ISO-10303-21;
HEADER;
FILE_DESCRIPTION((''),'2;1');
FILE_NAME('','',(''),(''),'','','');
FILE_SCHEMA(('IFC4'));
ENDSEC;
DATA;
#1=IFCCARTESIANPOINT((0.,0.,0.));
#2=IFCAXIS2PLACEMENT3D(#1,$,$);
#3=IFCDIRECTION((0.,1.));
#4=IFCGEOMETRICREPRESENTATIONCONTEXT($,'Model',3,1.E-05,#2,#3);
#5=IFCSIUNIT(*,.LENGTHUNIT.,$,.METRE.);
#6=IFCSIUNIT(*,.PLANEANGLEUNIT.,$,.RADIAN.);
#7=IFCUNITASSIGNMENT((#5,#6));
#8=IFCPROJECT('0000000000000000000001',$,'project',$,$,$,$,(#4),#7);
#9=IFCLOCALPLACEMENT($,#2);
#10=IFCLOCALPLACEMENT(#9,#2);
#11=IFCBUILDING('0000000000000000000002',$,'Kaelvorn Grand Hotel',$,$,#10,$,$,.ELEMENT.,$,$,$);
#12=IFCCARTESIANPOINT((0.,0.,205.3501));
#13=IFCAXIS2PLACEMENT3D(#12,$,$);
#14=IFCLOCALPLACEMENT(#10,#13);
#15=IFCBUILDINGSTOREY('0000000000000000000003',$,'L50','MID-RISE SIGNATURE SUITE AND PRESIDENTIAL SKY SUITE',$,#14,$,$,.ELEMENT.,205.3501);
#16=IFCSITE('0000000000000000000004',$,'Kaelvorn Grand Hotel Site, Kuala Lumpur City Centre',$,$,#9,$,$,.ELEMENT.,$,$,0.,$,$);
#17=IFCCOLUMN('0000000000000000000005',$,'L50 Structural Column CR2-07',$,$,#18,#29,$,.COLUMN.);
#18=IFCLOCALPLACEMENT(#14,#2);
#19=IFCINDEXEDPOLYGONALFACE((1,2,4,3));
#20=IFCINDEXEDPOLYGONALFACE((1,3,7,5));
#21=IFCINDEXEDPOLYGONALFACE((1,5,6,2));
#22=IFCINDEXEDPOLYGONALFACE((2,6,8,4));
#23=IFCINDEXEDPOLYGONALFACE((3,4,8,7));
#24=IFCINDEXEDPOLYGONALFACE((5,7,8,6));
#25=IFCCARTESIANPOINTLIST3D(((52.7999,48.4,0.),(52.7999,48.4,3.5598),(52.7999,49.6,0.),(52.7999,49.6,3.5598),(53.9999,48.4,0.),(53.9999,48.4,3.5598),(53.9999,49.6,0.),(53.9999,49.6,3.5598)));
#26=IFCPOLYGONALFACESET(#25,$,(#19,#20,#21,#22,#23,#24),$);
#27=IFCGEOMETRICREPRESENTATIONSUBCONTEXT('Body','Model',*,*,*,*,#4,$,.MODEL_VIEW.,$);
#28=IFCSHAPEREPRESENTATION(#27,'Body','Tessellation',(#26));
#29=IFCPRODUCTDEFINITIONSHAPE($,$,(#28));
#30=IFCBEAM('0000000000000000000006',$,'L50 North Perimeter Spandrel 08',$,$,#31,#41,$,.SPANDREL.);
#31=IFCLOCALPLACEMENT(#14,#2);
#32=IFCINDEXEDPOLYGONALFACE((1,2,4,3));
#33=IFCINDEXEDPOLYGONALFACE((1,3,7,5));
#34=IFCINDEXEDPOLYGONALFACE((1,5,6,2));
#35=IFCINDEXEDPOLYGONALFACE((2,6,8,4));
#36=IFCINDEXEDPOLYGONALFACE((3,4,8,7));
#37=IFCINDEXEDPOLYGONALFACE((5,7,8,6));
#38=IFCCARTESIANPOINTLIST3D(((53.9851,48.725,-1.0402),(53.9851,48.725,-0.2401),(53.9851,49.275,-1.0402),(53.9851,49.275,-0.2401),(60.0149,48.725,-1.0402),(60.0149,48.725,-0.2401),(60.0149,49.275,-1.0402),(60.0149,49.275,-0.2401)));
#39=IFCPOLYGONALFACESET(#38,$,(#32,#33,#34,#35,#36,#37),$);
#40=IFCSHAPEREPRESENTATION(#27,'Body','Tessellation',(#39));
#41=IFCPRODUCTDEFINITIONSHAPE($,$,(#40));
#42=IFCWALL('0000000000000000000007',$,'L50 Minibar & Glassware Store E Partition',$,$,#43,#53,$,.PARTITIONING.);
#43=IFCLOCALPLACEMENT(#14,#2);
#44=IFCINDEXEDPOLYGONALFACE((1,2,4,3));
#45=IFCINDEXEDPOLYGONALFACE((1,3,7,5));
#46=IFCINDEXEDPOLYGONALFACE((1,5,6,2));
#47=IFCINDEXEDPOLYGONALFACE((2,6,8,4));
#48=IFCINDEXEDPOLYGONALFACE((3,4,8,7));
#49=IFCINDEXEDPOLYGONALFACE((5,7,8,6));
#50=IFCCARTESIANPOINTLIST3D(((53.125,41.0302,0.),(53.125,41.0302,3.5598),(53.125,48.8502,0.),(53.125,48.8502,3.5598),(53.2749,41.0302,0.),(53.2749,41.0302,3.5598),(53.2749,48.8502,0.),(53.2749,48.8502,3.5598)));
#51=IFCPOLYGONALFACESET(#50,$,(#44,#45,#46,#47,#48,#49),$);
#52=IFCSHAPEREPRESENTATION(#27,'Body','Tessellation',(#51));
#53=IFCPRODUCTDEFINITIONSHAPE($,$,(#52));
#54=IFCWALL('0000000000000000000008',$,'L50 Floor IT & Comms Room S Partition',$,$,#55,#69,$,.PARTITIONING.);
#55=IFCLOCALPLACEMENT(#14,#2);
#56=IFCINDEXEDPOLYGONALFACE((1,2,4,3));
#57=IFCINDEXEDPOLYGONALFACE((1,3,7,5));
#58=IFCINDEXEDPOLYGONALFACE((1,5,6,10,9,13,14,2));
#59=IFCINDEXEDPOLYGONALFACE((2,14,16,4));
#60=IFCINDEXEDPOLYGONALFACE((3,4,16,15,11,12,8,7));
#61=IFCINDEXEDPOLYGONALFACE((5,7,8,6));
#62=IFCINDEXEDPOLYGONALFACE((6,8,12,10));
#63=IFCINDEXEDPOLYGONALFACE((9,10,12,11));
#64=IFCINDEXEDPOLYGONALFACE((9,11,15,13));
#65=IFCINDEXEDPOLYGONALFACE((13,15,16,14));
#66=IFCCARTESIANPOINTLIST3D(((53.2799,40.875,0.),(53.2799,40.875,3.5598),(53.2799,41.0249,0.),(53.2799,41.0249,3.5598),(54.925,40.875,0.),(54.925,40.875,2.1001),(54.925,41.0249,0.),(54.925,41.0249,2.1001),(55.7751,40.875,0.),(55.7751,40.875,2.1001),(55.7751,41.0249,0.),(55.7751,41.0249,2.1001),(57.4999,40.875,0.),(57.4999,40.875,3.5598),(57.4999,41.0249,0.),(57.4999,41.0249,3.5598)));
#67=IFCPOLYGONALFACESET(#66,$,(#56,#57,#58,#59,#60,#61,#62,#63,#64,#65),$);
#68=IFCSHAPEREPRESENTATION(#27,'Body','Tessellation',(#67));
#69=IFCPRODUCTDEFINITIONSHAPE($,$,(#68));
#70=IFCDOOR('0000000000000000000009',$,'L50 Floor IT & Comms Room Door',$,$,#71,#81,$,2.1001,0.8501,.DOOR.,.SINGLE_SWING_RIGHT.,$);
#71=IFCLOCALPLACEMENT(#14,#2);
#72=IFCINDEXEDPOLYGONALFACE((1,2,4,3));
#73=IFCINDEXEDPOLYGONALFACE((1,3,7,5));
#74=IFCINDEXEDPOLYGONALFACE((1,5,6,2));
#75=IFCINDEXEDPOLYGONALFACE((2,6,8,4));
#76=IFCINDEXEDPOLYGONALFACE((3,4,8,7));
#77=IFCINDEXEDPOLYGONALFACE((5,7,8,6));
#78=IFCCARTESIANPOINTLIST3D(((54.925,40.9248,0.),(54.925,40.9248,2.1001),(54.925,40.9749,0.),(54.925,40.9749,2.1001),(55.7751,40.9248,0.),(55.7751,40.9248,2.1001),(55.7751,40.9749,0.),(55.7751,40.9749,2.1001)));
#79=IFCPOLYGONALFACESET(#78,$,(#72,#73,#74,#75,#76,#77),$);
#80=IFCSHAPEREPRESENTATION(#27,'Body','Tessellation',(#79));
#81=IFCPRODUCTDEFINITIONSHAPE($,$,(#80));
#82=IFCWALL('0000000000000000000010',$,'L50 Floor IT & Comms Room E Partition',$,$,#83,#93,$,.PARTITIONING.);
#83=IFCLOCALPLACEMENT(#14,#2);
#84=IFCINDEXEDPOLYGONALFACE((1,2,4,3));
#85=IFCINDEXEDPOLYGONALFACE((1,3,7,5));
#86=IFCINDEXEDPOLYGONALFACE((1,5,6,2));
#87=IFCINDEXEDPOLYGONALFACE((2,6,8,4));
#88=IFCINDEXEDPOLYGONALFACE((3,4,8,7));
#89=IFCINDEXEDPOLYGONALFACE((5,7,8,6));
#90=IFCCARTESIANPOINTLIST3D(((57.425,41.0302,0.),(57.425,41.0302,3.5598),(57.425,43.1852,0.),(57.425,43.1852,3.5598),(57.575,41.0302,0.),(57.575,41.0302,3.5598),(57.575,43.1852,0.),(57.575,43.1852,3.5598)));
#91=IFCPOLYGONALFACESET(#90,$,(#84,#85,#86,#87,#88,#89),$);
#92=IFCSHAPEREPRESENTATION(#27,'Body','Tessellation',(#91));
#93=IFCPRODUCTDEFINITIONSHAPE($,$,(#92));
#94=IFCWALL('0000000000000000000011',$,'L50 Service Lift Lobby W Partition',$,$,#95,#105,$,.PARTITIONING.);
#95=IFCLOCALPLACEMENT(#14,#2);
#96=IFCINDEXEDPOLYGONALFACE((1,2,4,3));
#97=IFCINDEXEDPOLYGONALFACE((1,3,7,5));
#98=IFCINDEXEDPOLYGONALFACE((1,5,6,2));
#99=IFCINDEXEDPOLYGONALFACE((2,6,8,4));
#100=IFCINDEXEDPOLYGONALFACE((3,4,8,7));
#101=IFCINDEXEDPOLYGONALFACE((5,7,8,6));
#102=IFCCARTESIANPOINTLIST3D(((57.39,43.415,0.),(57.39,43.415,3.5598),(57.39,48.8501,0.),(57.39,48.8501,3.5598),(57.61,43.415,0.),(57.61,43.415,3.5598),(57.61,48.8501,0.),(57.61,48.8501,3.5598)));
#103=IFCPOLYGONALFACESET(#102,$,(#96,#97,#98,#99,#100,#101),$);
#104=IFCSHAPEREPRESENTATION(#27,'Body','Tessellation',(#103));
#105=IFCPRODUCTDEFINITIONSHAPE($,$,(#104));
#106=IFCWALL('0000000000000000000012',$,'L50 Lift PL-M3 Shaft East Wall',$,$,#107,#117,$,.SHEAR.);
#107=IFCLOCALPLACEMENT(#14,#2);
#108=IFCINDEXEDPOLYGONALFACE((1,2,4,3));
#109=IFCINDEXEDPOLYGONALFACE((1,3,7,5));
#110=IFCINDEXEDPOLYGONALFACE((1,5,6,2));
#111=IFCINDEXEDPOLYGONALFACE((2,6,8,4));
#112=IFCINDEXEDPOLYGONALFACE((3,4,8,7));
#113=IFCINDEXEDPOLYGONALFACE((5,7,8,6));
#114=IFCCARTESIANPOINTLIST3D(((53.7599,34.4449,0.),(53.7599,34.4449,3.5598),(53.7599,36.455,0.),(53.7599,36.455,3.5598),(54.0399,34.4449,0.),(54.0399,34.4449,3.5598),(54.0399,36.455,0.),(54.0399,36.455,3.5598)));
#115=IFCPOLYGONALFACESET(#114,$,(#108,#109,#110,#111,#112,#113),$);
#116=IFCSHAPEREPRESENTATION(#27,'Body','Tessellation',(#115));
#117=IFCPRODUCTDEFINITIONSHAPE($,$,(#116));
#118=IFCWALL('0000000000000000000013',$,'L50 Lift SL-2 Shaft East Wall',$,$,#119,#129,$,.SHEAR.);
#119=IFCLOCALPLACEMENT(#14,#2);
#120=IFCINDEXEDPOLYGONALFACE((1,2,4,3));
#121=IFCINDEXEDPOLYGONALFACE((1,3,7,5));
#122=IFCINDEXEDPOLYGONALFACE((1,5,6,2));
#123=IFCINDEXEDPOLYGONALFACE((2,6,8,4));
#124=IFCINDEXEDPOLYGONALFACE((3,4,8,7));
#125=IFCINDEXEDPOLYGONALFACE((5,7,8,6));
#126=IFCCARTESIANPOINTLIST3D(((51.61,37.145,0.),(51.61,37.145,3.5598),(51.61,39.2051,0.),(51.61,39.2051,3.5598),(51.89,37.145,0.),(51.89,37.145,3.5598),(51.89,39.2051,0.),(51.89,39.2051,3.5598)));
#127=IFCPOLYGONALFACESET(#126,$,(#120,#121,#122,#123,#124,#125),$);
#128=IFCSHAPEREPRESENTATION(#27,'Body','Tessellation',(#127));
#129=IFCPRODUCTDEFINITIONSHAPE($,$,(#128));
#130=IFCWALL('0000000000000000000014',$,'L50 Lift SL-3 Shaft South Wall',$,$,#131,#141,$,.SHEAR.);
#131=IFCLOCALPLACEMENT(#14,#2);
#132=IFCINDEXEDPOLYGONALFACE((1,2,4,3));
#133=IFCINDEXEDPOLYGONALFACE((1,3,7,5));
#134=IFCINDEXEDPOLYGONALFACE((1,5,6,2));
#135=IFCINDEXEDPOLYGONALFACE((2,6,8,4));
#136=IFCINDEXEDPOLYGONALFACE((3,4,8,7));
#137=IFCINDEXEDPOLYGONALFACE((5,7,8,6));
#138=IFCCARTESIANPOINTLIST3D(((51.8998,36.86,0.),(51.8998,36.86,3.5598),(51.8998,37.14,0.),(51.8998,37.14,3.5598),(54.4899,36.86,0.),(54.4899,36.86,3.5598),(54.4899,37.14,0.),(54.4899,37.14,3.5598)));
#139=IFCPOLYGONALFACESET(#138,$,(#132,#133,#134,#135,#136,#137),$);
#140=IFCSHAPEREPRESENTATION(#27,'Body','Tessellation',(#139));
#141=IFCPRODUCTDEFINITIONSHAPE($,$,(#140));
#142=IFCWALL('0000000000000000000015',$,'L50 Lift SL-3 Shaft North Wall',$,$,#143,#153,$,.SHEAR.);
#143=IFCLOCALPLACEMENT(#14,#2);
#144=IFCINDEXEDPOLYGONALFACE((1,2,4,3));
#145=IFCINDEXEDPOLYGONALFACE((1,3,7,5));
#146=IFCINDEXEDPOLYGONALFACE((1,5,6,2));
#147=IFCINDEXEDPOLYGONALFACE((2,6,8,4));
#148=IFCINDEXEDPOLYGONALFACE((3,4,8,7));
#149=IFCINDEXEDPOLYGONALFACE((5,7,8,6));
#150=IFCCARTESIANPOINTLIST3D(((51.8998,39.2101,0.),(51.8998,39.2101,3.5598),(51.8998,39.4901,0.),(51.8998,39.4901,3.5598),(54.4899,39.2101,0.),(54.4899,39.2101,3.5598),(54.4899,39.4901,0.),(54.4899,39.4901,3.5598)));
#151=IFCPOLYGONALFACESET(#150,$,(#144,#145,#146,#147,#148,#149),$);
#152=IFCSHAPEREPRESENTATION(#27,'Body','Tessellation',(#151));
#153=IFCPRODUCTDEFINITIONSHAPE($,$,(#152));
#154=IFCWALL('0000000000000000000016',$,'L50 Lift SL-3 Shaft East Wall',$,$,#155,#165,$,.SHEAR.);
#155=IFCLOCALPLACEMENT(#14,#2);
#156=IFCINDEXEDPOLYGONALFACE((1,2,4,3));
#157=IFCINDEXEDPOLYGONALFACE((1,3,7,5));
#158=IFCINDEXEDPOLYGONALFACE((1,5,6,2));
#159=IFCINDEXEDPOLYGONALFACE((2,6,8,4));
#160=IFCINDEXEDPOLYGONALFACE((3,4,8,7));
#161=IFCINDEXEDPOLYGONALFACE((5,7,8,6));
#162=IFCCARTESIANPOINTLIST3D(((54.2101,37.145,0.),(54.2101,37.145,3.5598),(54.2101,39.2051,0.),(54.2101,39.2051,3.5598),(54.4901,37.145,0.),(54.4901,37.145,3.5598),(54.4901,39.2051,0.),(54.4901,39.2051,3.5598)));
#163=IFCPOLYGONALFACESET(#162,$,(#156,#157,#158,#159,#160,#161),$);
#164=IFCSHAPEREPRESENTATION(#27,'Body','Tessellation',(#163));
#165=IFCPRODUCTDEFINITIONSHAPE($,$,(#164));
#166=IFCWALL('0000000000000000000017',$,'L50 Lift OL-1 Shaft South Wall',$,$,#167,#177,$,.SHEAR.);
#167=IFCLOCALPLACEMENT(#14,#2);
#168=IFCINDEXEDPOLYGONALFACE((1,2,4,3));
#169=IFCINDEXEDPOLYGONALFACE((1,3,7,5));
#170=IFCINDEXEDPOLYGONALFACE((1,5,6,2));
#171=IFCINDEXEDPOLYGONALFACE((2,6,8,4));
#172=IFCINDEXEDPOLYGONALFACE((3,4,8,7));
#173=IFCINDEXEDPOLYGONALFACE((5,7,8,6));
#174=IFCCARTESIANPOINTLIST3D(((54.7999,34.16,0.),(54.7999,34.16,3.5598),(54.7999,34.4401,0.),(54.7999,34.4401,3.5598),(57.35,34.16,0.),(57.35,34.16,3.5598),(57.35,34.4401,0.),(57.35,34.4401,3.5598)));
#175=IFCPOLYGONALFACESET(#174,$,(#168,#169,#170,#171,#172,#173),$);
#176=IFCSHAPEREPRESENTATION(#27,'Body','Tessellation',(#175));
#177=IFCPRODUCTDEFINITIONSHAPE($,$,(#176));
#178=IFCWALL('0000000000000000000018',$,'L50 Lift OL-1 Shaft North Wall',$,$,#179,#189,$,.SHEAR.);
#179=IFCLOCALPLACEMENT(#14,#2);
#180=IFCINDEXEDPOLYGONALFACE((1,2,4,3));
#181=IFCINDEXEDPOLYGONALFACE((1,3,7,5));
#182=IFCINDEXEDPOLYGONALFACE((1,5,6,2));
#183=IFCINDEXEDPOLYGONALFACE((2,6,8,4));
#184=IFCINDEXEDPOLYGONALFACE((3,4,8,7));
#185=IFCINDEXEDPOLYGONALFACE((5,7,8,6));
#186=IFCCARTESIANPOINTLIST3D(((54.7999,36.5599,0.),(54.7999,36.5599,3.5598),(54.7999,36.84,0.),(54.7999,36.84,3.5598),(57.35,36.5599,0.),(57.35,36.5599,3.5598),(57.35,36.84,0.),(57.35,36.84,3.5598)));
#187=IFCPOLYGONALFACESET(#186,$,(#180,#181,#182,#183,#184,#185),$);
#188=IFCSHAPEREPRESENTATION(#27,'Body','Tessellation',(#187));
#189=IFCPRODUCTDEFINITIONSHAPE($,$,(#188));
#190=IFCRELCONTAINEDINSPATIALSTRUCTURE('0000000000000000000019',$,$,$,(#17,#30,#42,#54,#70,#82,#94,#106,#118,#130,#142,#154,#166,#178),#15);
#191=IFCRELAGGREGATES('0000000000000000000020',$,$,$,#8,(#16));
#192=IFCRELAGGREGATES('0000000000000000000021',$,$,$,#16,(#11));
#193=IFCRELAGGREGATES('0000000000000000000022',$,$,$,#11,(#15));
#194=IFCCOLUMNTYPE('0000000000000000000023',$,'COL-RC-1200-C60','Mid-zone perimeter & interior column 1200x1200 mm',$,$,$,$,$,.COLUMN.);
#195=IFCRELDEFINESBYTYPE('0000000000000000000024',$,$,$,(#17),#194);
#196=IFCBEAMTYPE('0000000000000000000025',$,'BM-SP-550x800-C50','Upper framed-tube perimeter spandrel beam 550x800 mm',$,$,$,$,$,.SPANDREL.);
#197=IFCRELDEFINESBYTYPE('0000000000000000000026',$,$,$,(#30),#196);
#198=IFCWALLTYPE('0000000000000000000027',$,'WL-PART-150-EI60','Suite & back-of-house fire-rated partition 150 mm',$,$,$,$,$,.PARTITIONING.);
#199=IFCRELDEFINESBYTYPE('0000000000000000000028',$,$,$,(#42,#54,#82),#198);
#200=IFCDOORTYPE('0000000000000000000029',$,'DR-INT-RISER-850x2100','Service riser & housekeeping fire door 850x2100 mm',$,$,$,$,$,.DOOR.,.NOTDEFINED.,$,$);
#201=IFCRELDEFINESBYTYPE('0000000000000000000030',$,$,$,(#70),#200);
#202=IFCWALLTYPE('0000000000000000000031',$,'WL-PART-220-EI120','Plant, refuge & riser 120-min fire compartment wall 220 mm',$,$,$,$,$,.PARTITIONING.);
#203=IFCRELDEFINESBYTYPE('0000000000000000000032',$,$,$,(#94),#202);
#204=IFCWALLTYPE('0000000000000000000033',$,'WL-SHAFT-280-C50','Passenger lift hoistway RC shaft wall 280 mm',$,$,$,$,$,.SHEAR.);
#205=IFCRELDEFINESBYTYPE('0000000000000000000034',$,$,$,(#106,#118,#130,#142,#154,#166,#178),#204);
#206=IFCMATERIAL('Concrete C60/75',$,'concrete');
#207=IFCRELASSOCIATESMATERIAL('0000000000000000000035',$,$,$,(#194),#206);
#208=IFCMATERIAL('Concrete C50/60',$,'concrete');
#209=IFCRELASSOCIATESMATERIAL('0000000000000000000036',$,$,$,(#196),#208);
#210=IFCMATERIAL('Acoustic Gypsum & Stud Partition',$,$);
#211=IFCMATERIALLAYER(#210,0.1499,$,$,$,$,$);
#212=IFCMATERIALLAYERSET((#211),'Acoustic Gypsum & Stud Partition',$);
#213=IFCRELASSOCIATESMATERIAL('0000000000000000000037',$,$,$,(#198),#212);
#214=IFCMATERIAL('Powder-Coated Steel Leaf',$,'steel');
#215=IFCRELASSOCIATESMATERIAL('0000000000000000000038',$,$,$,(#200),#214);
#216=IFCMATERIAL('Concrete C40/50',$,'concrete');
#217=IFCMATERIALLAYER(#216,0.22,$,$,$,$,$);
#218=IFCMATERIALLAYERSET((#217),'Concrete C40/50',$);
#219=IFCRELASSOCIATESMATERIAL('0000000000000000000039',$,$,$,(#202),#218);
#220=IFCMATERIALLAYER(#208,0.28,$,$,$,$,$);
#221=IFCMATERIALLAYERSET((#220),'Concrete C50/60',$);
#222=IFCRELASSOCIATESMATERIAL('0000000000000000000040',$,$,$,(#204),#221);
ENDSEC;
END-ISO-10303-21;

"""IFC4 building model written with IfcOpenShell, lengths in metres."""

from ifc_helpers import new_model, si_unit, direction, frame, frame_2d, origin, origin_2d, place, context, subcontext, project, spatial, rectangle, extrude, material, layer, layer_set, material_profile, profile_set, type_object, element, fill, save


model = new_model("IFC4")

# Units and contexts
model_context = context("Model", 3, precision=1e-05, world=origin(), true_north=direction((0.0, 1.0)))
body_context = subcontext(model_context, "Body", "Model", "MODEL_VIEW")
ifc_project = project(units=[si_unit("LENGTHUNIT", "METRE"), si_unit("PLANEANGLEUNIT", "RADIAN")], contexts=[model_context])

# Site, building, storey
site_placement = place(None, origin())
site = spatial("IfcSite", under=ifc_project, at=site_placement, Name="Kaelvorn Grand Hotel Site, Kuala Lumpur City Centre", CompositionType="ELEMENT", RefElevation=0.0)
building_placement = place(site_placement, origin())
building = spatial("IfcBuilding", under=site, at=building_placement, Name="Kaelvorn Grand Hotel", CompositionType="ELEMENT")
storey_placement = place(building_placement, frame((0.0, 0.0, 205.3501)))
storey = spatial("IfcBuildingStorey", under=building, at=storey_placement, Name="L50", Description="MID-RISE SIGNATURE SUITE AND PRESIDENTIAL SKY SUITE", CompositionType="ELEMENT", Elevation=205.3501)

# Column
ifc_material_1 = material(Name="Concrete C60/75", Category="concrete")
ifc_material_profile_1 = material_profile(ifc_material_1, rectangle(XDim=1.2, YDim=1.2, at=origin_2d()), Name="RC COL 1200x1200")
ifc_profile_set_1 = profile_set([ifc_material_profile_1], Name="Concrete C60/75")
column_type = type_object("IfcColumnType", Name="COL-RC-1200-C60", Description="Mid-zone perimeter & interior column 1200x1200 mm", PredefinedType="COLUMN", material=ifc_profile_set_1)
column_placement = place(storey_placement, frame((53.3999, 49.0, 0.0), z_axis=(0.0, 0.0, 1.0), x_axis=(1.0, 0.0, 0.0)))
element("IfcColumn", 1, at=column_placement, inside=storey, type_object=column_type, Name="L50 Structural Column CR2-07", PredefinedType="COLUMN", context=body_context, shape_type="SweptSolid", body=[
    extrude(rectangle(XDim=1.2, YDim=1.2, at=origin_2d()), origin(), (0.0, 0.0, 1.0), 3.5598),
])

# Beam
ifc_material_2 = material(Name="Concrete C50/60", Category="concrete")
ifc_material_profile_2 = material_profile(ifc_material_2, rectangle(XDim=0.55, YDim=0.8, at=origin_2d()), Name="RC SPANDREL 550x800")
ifc_profile_set_2 = profile_set([ifc_material_profile_2], Name="Concrete C50/60")
beam_type = type_object("IfcBeamType", Name="BM-SP-550x800-C50", Description="Upper framed-tube perimeter spandrel beam 550x800 mm", PredefinedType="SPANDREL", material=ifc_profile_set_2)
beam_placement = place(storey_placement, frame((53.9851, 49.0, -0.6401), z_axis=(1.0, 0.0, 0.0), x_axis=(0.0, 1.0, 0.0)))
element("IfcBeam", 2, at=beam_placement, inside=storey, type_object=beam_type, Name="L50 North Perimeter Spandrel 08", PredefinedType="SPANDREL", context=body_context, shape_type="SweptSolid", body=[
    extrude(rectangle(XDim=0.55, YDim=0.8, at=origin_2d()), origin(), (0.0, 0.0, 1.0), 6.0298),
])

# Wall
ifc_material_3 = material(Name="Acoustic Gypsum & Stud Partition")
ifc_layer_1 = layer(ifc_material_3, 0.1499)
ifc_layer_set_1 = layer_set([ifc_layer_1], Name="Acoustic Gypsum & Stud Partition")
wall_type_1 = type_object("IfcWallType", Name="WL-PART-150-EI60", Description="Suite & back-of-house fire-rated partition 150 mm", PredefinedType="PARTITIONING", material=ifc_layer_set_1)
wall_1_placement = place(storey_placement, frame((53.2, 41.03, 0.0), z_axis=(0.0, 0.0, 1.0), x_axis=(0.0, 1.0, 0.0)))
element("IfcWall", 3, at=wall_1_placement, inside=storey, type_object=wall_type_1, Name="L50 Minibar & Glassware Store E Partition", PredefinedType="PARTITIONING", context=body_context, shape_type="SweptSolid", body=[
    extrude(rectangle(XDim=7.8201, YDim=0.1499, at=frame_2d((3.9102, 0.0))), origin(), (0.0, 0.0, 1.0), 3.5598),
])

# Wall, opening, door
wall_2_placement = place(storey_placement, frame((53.28, 40.95, 0.0), z_axis=(0.0, 0.0, 1.0), x_axis=(1.0, 0.0, 0.0)))
wall_2 = element("IfcWall", 4, at=wall_2_placement, inside=storey, type_object=wall_type_1, Name="L50 Floor IT & Comms Room S Partition", PredefinedType="PARTITIONING", context=body_context, shape_type="SweptSolid", body=[
    extrude(rectangle(XDim=4.22, YDim=0.1499, at=frame_2d((2.1099, 0.0))), origin(), (0.0, 0.0, 1.0), 3.5598),
])
opening_1_placement = place(wall_2_placement, frame((1.645, 0.0, 0.0)))
opening_1 = element("IfcOpeningElement", 5, at=opening_1_placement, cuts=wall_2, PredefinedType="OPENING", context=body_context, shape_type="SweptSolid", body=[
    extrude(rectangle(XDim=0.8501, YDim=2.1001, at=frame_2d((0.425, 1.05))), frame((0.0, 0.085, 0.0), z_axis=(0.0, -1.0, 0.0), x_axis=(1.0, 0.0, 0.0)), (0.0, 0.0, 1.0), 0.1699),
])
ifc_material_4 = material(Name="Powder-Coated Steel Leaf", Category="steel")
door_type_1 = type_object("IfcDoorType", Name="DR-INT-RISER-850x2100", Description="Service riser & housekeeping fire door 850x2100 mm", OperationType="NOTDEFINED", PredefinedType="DOOR", material=ifc_material_4)
door_1_placement = place(opening_1_placement, origin())
door_1 = element("IfcDoor", 6, at=door_1_placement, inside=storey, type_object=door_type_1, Name="L50 Floor IT & Comms Room Door", OperationType="SINGLE_SWING_RIGHT", OverallHeight=2.1001, OverallWidth=0.8501, PredefinedType="DOOR", context=body_context, shape_type="SweptSolid", body=[
    extrude(rectangle(XDim=0.8501, YDim=2.1001, at=frame_2d((0.425, 1.05))), frame((0.0, 0.0249, 0.0), z_axis=(0.0, -1.0, 0.0), x_axis=(1.0, 0.0, 0.0)), (0.0, 0.0, 1.0), 0.05),
])
fill(opening_1, door_1)

# Wall
wall_3_placement = place(storey_placement, frame((57.5, 41.03, 0.0), z_axis=(0.0, 0.0, 1.0), x_axis=(0.0, 1.0, 0.0)))
element("IfcWall", 7, at=wall_3_placement, inside=storey, type_object=wall_type_1, Name="L50 Floor IT & Comms Room E Partition", PredefinedType="PARTITIONING", context=body_context, shape_type="SweptSolid", body=[
    extrude(rectangle(XDim=2.155, YDim=0.1499, at=frame_2d((1.0776, 0.0))), origin(), (0.0, 0.0, 1.0), 3.5598),
])

# Shared definitions
ifc_material_5 = material(Name="Concrete C40/50", Category="concrete")
ifc_layer_2 = layer(ifc_material_5, 0.22)
ifc_layer_set_2 = layer_set([ifc_layer_2], Name="Concrete C40/50")
wall_type_2 = type_object("IfcWallType", Name="WL-PART-220-EI120", Description="Plant, refuge & riser 120-min fire compartment wall 220 mm", PredefinedType="PARTITIONING", material=ifc_layer_set_2)

# Walls
wall_4_placement = place(storey_placement, frame((57.5, 43.415, 0.0), z_axis=(0.0, 0.0, 1.0), x_axis=(0.0, 1.0, 0.0)))
element("IfcWall", 8, at=wall_4_placement, inside=storey, type_object=wall_type_2, Name="L50 Service Lift Lobby W Partition", PredefinedType="PARTITIONING", context=body_context, shape_type="SweptSolid", body=[
    extrude(rectangle(XDim=5.4351, YDim=0.22, at=frame_2d((2.7175, 0.0))), origin(), (0.0, 0.0, 1.0), 3.5598),
])
ifc_layer_3 = layer(ifc_material_2, 0.28)
ifc_layer_set_3 = layer_set([ifc_layer_3], Name="Concrete C50/60")
wall_type_3 = type_object("IfcWallType", Name="WL-SHAFT-280-C50", Description="Passenger lift hoistway RC shaft wall 280 mm", PredefinedType="SHEAR", material=ifc_layer_set_3)
wall_5_placement = place(storey_placement, frame((53.8999, 34.4451, 0.0), z_axis=(0.0, 0.0, 1.0), x_axis=(0.0, 1.0, 0.0)))
element("IfcWall", 9, at=wall_5_placement, inside=storey, type_object=wall_type_3, Name="L50 Lift PL-M3 Shaft East Wall", PredefinedType="SHEAR", context=body_context, shape_type="SweptSolid", body=[
    extrude(rectangle(XDim=2.01, YDim=0.28, at=frame_2d((1.0049, 0.0))), origin(), (0.0, 0.0, 1.0), 3.5598),
])
wall_6_placement = place(storey_placement, frame((51.75, 37.145, 0.0), z_axis=(0.0, 0.0, 1.0), x_axis=(0.0, 1.0, 0.0)))
element("IfcWall", 10, at=wall_6_placement, inside=storey, type_object=wall_type_3, Name="L50 Lift SL-2 Shaft East Wall", PredefinedType="SHEAR", context=body_context, shape_type="SweptSolid", body=[
    extrude(rectangle(XDim=2.0601, YDim=0.28, at=frame_2d((1.03, 0.0))), origin(), (0.0, 0.0, 1.0), 3.5598),
])
for number, where, z_axis, x_axis, name in (
    (11, (51.8999, 37.0, 0.0), (0.0, 0.0, 1.0), (1.0, 0.0, 0.0), "L50 Lift SL-3 Shaft South Wall"),
    (12, (51.8999, 39.3501, 0.0), (0.0, 0.0, 1.0), (1.0, 0.0, 0.0), "L50 Lift SL-3 Shaft North Wall"),
):
    element("IfcWall", number, at=place(storey_placement, frame(where, z_axis=z_axis, x_axis=x_axis)), inside=storey, type_object=wall_type_3, Name=name, PredefinedType="SHEAR", context=body_context, shape_type="SweptSolid", body=[
        extrude(rectangle(XDim=2.5901, YDim=0.28, at=frame_2d((1.2949, 0.0))), origin(), (0.0, 0.0, 1.0), 3.5598),
    ])
wall_7_placement = place(storey_placement, frame((54.3501, 37.145, 0.0), z_axis=(0.0, 0.0, 1.0), x_axis=(0.0, 1.0, 0.0)))
element("IfcWall", 13, at=wall_7_placement, inside=storey, type_object=wall_type_3, Name="L50 Lift SL-3 Shaft East Wall", PredefinedType="SHEAR", context=body_context, shape_type="SweptSolid", body=[
    extrude(rectangle(XDim=2.0601, YDim=0.28, at=frame_2d((1.03, 0.0))), origin(), (0.0, 0.0, 1.0), 3.5598),
])
for number, where, z_axis, x_axis, name in (
    (14, (54.8, 34.3, 0.0), (0.0, 0.0, 1.0), (1.0, 0.0, 0.0), "L50 Lift OL-1 Shaft South Wall"),
    (15, (54.8, 36.7, 0.0), (0.0, 0.0, 1.0), (1.0, 0.0, 0.0), "L50 Lift OL-1 Shaft North Wall"),
):
    element("IfcWall", number, at=place(storey_placement, frame(where, z_axis=z_axis, x_axis=x_axis)), inside=storey, type_object=wall_type_3, Name=name, PredefinedType="SHEAR", context=body_context, shape_type="SweptSolid", body=[
        extrude(rectangle(XDim=2.55, YDim=0.28, at=frame_2d((1.2749, 0.0))), origin(), (0.0, 0.0, 1.0), 3.5598),
    ])

save(model, "model.ifc")
